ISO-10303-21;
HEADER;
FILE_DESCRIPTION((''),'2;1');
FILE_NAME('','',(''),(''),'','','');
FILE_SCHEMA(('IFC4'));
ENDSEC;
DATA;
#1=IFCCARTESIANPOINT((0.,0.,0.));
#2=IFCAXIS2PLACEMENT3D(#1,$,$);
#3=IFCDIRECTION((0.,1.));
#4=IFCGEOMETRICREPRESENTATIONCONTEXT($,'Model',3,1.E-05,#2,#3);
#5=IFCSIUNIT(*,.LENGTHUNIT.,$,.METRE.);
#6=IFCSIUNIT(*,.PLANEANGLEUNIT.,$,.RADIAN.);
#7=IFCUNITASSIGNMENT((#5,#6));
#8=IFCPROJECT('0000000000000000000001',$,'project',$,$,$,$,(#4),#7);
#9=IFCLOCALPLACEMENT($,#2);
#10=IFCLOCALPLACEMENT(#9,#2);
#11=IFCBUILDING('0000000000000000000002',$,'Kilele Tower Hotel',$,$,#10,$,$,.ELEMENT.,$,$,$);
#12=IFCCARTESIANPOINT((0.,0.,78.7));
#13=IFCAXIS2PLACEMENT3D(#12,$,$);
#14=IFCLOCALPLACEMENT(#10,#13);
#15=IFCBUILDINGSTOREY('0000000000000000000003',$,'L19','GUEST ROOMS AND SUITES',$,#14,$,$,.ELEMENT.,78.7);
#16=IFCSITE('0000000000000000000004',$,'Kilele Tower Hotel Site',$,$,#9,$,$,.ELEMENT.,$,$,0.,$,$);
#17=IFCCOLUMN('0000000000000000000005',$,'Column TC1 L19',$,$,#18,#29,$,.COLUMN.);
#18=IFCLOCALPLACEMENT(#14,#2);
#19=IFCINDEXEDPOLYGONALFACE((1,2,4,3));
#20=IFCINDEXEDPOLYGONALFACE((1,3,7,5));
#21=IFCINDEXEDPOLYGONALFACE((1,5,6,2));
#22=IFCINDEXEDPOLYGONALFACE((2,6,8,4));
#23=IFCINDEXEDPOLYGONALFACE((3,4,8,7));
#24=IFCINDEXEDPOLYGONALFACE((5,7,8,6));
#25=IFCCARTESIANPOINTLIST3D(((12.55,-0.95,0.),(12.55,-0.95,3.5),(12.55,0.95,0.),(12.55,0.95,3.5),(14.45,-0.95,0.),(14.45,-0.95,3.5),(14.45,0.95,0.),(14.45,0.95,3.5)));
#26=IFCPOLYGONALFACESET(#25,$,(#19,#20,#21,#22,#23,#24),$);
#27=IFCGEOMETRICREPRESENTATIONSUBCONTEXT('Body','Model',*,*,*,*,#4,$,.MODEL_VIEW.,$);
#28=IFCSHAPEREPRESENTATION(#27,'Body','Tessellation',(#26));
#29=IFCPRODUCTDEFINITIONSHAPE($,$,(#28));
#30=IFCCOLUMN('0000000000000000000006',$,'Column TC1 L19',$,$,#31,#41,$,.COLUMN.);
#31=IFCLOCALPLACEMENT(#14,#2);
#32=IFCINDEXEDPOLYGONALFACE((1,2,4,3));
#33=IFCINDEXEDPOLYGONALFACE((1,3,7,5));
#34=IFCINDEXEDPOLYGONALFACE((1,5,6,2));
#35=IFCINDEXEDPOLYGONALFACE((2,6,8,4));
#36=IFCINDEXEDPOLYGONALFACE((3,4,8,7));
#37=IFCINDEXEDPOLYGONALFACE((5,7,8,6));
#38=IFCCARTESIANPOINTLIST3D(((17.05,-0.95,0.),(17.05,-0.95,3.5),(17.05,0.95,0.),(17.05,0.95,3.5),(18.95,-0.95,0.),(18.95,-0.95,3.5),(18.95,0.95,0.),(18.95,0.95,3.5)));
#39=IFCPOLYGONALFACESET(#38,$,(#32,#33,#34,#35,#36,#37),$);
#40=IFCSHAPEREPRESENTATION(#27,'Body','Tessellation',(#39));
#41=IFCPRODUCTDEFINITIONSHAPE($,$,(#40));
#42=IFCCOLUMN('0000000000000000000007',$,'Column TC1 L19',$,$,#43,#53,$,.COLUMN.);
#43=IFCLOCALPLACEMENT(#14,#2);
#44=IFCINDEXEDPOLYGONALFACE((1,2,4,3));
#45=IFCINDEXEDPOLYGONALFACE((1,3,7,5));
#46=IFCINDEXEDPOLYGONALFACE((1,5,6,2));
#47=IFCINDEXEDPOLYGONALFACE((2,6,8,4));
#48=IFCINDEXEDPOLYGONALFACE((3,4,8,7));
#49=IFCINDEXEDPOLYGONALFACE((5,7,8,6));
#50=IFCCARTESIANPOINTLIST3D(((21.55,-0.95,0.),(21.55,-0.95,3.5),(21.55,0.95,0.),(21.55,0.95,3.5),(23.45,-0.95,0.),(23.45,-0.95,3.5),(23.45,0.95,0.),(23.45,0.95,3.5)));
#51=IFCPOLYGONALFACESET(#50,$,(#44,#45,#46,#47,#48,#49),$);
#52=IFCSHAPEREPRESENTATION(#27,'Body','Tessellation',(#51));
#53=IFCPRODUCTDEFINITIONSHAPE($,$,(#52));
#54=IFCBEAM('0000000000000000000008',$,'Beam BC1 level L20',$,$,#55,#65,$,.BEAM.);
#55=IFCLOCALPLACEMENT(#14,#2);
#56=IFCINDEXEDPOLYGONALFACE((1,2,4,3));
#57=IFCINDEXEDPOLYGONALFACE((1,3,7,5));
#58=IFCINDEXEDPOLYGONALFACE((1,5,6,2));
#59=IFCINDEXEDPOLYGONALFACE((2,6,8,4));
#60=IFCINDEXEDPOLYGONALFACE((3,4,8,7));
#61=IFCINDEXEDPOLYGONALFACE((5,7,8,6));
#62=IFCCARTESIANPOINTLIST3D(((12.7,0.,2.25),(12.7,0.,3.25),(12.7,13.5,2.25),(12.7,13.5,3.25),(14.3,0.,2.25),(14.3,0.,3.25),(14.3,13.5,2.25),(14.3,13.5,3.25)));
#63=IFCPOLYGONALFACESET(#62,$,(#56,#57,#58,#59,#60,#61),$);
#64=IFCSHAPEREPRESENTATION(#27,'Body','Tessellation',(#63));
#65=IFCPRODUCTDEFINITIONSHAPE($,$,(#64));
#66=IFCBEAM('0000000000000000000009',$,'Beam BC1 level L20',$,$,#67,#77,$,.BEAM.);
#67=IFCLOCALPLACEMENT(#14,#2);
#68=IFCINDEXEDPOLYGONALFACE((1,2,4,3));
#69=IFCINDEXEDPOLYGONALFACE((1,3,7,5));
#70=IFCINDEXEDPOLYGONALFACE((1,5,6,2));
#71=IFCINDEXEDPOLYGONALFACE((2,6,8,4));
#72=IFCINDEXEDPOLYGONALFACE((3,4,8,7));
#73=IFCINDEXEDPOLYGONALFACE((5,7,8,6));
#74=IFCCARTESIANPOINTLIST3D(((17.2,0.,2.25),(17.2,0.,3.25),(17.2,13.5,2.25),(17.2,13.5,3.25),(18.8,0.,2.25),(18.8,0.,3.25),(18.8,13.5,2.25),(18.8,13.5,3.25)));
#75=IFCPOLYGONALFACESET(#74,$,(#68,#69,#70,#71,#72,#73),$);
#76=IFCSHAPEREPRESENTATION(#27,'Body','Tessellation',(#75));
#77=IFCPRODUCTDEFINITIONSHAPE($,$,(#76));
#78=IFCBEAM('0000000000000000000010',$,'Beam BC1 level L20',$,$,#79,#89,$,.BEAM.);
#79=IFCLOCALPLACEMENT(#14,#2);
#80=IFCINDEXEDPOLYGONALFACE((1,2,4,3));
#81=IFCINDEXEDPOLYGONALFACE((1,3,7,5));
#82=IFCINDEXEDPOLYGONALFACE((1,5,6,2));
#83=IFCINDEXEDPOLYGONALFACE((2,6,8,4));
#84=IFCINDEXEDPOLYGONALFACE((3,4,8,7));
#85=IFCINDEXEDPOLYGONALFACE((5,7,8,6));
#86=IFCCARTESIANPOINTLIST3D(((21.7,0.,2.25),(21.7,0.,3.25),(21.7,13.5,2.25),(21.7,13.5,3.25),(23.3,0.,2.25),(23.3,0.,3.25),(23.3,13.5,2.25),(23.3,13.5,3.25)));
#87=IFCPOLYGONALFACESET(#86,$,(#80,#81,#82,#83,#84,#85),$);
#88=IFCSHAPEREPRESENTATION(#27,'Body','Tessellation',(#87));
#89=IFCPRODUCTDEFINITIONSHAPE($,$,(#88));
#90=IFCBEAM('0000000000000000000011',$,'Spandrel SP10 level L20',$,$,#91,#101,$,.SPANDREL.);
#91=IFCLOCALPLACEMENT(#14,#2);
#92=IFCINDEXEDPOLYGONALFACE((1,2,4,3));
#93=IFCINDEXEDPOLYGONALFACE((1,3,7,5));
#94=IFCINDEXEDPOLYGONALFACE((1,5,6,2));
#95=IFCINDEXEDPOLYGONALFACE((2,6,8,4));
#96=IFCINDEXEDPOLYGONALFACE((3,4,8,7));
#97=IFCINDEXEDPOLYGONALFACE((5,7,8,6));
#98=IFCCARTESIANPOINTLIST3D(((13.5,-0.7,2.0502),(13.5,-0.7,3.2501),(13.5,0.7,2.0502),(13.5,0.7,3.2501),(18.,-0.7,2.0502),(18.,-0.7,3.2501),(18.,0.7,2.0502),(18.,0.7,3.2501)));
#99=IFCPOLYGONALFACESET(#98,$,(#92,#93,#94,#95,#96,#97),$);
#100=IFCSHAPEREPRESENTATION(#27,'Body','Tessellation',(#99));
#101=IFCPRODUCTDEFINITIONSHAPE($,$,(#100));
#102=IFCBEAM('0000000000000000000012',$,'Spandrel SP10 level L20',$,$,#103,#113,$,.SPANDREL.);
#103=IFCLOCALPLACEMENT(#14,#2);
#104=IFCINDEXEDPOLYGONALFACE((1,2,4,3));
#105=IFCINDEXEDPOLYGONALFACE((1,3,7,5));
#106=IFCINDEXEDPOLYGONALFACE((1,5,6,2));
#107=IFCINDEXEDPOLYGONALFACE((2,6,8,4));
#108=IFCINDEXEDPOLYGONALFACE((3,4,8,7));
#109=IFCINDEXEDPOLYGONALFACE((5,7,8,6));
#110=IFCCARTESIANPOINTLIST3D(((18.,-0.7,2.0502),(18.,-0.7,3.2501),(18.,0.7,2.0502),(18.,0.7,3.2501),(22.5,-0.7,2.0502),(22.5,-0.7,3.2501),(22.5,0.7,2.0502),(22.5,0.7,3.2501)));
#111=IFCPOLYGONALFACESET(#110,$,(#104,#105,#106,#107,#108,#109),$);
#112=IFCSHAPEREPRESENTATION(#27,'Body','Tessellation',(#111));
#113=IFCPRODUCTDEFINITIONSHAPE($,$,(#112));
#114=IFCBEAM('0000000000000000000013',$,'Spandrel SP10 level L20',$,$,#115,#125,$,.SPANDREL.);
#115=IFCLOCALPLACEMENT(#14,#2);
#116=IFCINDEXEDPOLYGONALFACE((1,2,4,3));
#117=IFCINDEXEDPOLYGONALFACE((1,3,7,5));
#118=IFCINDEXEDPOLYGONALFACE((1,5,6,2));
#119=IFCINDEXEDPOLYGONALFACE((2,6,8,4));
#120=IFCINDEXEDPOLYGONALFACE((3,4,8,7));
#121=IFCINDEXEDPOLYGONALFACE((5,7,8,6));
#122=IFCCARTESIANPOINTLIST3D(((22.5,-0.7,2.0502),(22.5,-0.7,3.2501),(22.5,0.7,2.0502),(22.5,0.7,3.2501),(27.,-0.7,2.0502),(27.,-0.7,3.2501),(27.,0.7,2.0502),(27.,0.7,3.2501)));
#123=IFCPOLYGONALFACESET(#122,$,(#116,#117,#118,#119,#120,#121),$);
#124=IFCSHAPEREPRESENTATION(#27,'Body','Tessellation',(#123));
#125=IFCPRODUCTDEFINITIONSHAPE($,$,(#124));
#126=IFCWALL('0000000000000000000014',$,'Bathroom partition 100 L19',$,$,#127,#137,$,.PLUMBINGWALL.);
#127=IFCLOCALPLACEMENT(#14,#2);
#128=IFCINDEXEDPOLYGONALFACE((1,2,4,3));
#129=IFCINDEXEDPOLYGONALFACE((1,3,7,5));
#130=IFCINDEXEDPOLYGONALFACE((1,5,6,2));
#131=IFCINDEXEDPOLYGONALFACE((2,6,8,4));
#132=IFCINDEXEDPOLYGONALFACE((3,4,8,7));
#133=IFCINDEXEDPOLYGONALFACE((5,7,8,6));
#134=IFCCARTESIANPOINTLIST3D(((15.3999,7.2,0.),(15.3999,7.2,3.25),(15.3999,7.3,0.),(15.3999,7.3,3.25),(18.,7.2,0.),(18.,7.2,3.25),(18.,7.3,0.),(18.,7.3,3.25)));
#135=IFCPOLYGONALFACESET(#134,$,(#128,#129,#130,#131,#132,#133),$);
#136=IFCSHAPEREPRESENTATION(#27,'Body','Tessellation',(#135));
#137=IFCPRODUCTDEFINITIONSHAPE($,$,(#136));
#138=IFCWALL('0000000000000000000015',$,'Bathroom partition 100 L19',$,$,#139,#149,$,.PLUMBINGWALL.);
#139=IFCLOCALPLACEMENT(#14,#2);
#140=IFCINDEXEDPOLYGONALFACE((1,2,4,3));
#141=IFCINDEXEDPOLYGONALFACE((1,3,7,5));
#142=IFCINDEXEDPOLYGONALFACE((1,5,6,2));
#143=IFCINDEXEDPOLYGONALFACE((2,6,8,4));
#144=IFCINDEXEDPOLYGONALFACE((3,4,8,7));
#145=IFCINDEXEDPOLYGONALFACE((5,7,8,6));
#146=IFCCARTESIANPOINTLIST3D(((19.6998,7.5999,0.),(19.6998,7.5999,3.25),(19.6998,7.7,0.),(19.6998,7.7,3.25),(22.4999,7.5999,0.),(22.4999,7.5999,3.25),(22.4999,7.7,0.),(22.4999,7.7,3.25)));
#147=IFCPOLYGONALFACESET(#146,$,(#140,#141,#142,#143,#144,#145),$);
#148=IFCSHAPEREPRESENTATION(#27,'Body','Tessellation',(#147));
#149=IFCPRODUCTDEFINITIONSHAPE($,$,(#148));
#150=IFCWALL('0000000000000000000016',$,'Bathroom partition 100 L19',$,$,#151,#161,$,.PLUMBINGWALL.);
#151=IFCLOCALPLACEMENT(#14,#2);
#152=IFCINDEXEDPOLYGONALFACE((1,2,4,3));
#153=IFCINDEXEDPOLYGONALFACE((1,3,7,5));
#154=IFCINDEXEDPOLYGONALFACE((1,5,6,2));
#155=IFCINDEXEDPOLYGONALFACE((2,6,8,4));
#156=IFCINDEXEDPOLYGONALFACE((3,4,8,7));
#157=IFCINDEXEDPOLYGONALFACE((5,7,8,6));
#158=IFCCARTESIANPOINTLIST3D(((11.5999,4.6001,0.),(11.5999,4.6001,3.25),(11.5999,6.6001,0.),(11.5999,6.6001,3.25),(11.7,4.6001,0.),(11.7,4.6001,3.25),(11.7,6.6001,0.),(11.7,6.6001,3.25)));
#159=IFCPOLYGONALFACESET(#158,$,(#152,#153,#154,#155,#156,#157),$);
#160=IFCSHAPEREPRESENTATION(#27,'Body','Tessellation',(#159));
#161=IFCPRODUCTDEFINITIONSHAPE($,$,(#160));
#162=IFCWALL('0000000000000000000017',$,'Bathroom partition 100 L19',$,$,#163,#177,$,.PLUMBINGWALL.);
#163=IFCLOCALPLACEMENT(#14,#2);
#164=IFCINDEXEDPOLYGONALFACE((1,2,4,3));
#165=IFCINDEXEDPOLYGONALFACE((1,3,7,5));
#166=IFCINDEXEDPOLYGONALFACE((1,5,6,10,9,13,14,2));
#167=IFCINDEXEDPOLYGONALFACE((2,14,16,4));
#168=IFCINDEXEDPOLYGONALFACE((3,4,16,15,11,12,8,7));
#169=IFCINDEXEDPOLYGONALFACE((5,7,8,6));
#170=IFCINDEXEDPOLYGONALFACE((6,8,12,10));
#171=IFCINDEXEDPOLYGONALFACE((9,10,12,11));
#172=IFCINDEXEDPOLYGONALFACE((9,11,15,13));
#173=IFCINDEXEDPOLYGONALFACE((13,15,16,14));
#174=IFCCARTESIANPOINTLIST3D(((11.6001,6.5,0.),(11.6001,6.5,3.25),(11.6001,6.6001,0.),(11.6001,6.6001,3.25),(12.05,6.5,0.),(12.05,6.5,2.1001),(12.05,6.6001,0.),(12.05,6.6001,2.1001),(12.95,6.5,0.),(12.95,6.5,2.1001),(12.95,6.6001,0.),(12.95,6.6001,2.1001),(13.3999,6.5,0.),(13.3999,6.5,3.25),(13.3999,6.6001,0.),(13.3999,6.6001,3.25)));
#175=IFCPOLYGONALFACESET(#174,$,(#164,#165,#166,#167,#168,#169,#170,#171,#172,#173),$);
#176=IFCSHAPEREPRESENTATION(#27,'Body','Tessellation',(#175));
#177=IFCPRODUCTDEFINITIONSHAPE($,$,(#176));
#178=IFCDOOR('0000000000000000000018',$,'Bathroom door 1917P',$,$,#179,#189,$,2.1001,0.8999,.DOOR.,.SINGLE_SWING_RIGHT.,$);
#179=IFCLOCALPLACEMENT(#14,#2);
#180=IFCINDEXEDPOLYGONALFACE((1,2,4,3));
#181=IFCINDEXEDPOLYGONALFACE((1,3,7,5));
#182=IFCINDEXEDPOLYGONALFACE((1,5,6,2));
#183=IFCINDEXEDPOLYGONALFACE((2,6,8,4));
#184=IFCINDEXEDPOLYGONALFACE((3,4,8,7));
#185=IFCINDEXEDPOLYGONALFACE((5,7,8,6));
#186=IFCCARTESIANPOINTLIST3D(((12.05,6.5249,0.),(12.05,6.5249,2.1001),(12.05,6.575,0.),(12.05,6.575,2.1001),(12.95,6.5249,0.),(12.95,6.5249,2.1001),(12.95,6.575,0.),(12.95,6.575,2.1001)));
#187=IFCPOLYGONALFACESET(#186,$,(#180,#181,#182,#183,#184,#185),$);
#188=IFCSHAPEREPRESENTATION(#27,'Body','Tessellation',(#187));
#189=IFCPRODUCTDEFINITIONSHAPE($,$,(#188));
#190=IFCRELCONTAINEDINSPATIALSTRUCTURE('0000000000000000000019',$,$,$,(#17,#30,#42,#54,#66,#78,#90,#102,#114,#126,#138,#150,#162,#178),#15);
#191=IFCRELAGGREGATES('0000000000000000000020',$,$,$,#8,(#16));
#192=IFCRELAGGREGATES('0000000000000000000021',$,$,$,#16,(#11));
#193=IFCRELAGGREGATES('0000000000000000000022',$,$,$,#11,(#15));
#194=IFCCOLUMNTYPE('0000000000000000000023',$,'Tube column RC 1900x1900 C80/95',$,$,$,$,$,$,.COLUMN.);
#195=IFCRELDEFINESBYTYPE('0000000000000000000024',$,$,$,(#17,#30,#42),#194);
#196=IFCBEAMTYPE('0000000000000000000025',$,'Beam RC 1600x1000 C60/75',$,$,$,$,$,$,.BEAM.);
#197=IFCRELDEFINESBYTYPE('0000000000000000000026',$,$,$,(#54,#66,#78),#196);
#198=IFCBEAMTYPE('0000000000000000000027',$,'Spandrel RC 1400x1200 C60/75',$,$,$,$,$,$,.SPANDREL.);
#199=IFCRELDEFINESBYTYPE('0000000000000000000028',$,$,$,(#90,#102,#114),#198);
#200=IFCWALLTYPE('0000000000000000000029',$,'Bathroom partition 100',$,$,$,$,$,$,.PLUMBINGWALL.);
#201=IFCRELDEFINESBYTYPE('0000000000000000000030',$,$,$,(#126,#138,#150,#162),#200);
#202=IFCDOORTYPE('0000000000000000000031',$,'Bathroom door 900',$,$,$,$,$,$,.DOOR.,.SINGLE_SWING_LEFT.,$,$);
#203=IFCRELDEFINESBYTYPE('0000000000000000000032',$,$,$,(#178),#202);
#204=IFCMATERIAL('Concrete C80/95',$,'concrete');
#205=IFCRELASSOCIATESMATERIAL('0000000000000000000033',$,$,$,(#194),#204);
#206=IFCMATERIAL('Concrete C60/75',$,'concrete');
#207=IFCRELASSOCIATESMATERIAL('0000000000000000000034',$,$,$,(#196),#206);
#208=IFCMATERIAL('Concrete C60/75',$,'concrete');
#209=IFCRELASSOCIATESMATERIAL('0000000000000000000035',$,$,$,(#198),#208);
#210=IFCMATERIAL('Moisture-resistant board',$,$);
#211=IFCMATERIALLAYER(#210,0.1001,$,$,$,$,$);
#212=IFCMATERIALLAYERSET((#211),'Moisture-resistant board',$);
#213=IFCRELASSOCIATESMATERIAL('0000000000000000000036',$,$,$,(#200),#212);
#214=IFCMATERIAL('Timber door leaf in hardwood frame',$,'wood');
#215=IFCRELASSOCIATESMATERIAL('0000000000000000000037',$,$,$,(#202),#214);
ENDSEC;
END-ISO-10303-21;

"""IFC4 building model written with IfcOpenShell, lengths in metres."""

from ifc_helpers import new_model, si_unit, direction, frame, frame_2d, origin, origin_2d, place, context, subcontext, project, spatial, rectangle, extrude, material, layer, layer_set, material_profile, profile_set, type_object, element, fill, save


model = new_model("IFC4")

# Units and contexts
model_context = context("Model", 3, precision=1e-05, world=origin(), true_north=direction((0.0, 1.0)))
body_context = subcontext(model_context, "Body", "Model", "MODEL_VIEW")
ifc_project = project(units=[si_unit("LENGTHUNIT", "METRE"), si_unit("PLANEANGLEUNIT", "RADIAN")], contexts=[model_context])

# Site, building, storey
site_placement = place(None, origin())
site = spatial("IfcSite", under=ifc_project, at=site_placement, Name="Kilele Tower Hotel Site", CompositionType="ELEMENT", RefElevation=0.0)
building_placement = place(site_placement, origin())
building = spatial("IfcBuilding", under=site, at=building_placement, Name="Kilele Tower Hotel", CompositionType="ELEMENT")
storey_placement = place(building_placement, frame((0.0, 0.0, 78.7)))
storey = spatial("IfcBuildingStorey", under=building, at=storey_placement, Name="L19", Description="GUEST ROOMS AND SUITES", CompositionType="ELEMENT", Elevation=78.7)

# Columns
ifc_material_1 = material(Name="Concrete C80/95", Category="concrete")
ifc_material_profile_1 = material_profile(ifc_material_1, rectangle(XDim=1.8999, YDim=1.8999, at=origin_2d()))
ifc_profile_set_1 = profile_set([ifc_material_profile_1], Name="Concrete C80/95")
column_type = type_object("IfcColumnType", Name="Tube column RC 1900x1900 C80/95", PredefinedType="COLUMN", material=ifc_profile_set_1)
for number, where, z_axis, x_axis, name in (
    (1, (13.5, 0.0, 0.0), (0.0, 0.0, 1.0), (1.0, 0.0, 0.0), "Column TC1 L19"),
    (2, (18.0, 0.0, 0.0), (0.0, 0.0, 1.0), (1.0, 0.0, 0.0), "Column TC1 L19"),
    (3, (22.5, 0.0, 0.0), (0.0, 0.0, 1.0), (1.0, 0.0, 0.0), "Column TC1 L19"),
):
    element("IfcColumn", number, at=place(storey_placement, frame(where, z_axis=z_axis, x_axis=x_axis)), inside=storey, type_object=column_type, Name=name, PredefinedType="COLUMN", context=body_context, shape_type="SweptSolid", body=[
        extrude(rectangle(XDim=1.8999, YDim=1.8999, at=origin_2d()), origin(), (0.0, 0.0, 1.0), 3.5),
    ])

# Beams
ifc_material_2 = material(Name="Concrete C60/75", Category="concrete")
ifc_material_profile_2 = material_profile(ifc_material_2, rectangle(XDim=1.6001, YDim=1.0, at=origin_2d()))
ifc_profile_set_2 = profile_set([ifc_material_profile_2], Name="Concrete C60/75")
beam_type_1 = type_object("IfcBeamType", Name="Beam RC 1600x1000 C60/75", PredefinedType="BEAM", material=ifc_profile_set_2)
for number, where, z_axis, x_axis, name in (
    (4, (13.5, 0.0, 2.75), (0.0, 1.0, 0.0), (-1.0, 0.0, 0.0), "Beam BC1 level L20"),
    (5, (18.0, 0.0, 2.75), (0.0, 1.0, 0.0), (-1.0, 0.0, 0.0), "Beam BC1 level L20"),
    (6, (22.5, 0.0, 2.75), (0.0, 1.0, 0.0), (-1.0, 0.0, 0.0), "Beam BC1 level L20"),
):
    element("IfcBeam", number, at=place(storey_placement, frame(where, z_axis=z_axis, x_axis=x_axis)), inside=storey, type_object=beam_type_1, Name=name, PredefinedType="BEAM", context=body_context, shape_type="SweptSolid", body=[
        extrude(rectangle(XDim=1.6001, YDim=1.0, at=origin_2d()), origin(), (0.0, 0.0, 1.0), 13.5),
    ])
ifc_material_3 = material(Name="Concrete C60/75", Category="concrete")
ifc_material_profile_3 = material_profile(ifc_material_3, rectangle(XDim=1.3999, YDim=1.2, at=origin_2d()))
ifc_profile_set_3 = profile_set([ifc_material_profile_3], Name="Concrete C60/75")
beam_type_2 = type_object("IfcBeamType", Name="Spandrel RC 1400x1200 C60/75", PredefinedType="SPANDREL", material=ifc_profile_set_3)
for number, where, z_axis, x_axis, name in (
    (7, (13.5, 0.0, 2.6501), (1.0, 0.0, 0.0), (0.0, 1.0, 0.0), "Spandrel SP10 level L20"),
    (8, (18.0, 0.0, 2.6501), (1.0, 0.0, 0.0), (0.0, 1.0, 0.0), "Spandrel SP10 level L20"),
    (9, (22.5, 0.0, 2.6501), (1.0, 0.0, 0.0), (0.0, 1.0, 0.0), "Spandrel SP10 level L20"),
):
    element("IfcBeam", number, at=place(storey_placement, frame(where, z_axis=z_axis, x_axis=x_axis)), inside=storey, type_object=beam_type_2, Name=name, PredefinedType="SPANDREL", context=body_context, shape_type="SweptSolid", body=[
        extrude(rectangle(XDim=1.3999, YDim=1.2, at=origin_2d()), origin(), (0.0, 0.0, 1.0), 4.5),
    ])

# Walls
ifc_material_4 = material(Name="Moisture-resistant board")
ifc_layer_1 = layer(ifc_material_4, 0.1001)
ifc_layer_set_1 = layer_set([ifc_layer_1], Name="Moisture-resistant board")
wall_type_1 = type_object("IfcWallType", Name="Bathroom partition 100", PredefinedType="PLUMBINGWALL", material=ifc_layer_set_1)
wall_1_placement = place(storey_placement, frame((15.3999, 7.25, 0.0), z_axis=(0.0, 0.0, 1.0), x_axis=(1.0, 0.0, 0.0)))
element("IfcWall", 10, at=wall_1_placement, inside=storey, type_object=wall_type_1, Name="Bathroom partition 100 L19", PredefinedType="PLUMBINGWALL", context=body_context, shape_type="SweptSolid", body=[
    extrude(rectangle(XDim=2.6001, YDim=0.1001, at=frame_2d((1.3, 0.0))), origin(), (0.0, 0.0, 1.0), 3.25),
])
wall_2_placement = place(storey_placement, frame((19.7, 7.6499, 0.0), z_axis=(0.0, 0.0, 1.0), x_axis=(1.0, 0.0, 0.0)))
element("IfcWall", 11, at=wall_2_placement, inside=storey, type_object=wall_type_1, Name="Bathroom partition 100 L19", PredefinedType="PLUMBINGWALL", context=body_context, shape_type="SweptSolid", body=[
    extrude(rectangle(XDim=2.8, YDim=0.1001, at=frame_2d((1.3999, 0.0))), origin(), (0.0, 0.0, 1.0), 3.25),
])
wall_3_placement = place(storey_placement, frame((11.6499, 4.6001, 0.0), z_axis=(0.0, 0.0, 1.0), x_axis=(0.0, 1.0, 0.0)))
element("IfcWall", 12, at=wall_3_placement, inside=storey, type_object=wall_type_1, Name="Bathroom partition 100 L19", PredefinedType="PLUMBINGWALL", context=body_context, shape_type="SweptSolid", body=[
    extrude(rectangle(XDim=2.0, YDim=0.1001, at=frame_2d((1.0, 0.0))), origin(), (0.0, 0.0, 1.0), 3.25),
])

# Wall, opening, door
wall_4_placement = place(storey_placement, frame((13.3999, 6.55, 0.0), z_axis=(0.0, 0.0, 1.0), x_axis=(-1.0, 0.0, 0.0)))
wall_4 = element("IfcWall", 13, at=wall_4_placement, inside=storey, type_object=wall_type_1, Name="Bathroom partition 100 L19", PredefinedType="PLUMBINGWALL", context=body_context, shape_type="SweptSolid", body=[
    extrude(rectangle(XDim=1.7998, YDim=0.1001, at=frame_2d((0.8999, 0.0))), origin(), (0.0, 0.0, 1.0), 3.25),
])
opening_1_placement = place(wall_4_placement, frame((1.3499, 0.0, 0.0), z_axis=(0.0, 0.0, 1.0), x_axis=(-1.0, 0.0, 0.0)))
opening_1 = element("IfcOpeningElement", 14, at=opening_1_placement, cuts=wall_4, PredefinedType="OPENING", context=body_context, shape_type="SweptSolid", body=[
    extrude(rectangle(XDim=0.8999, YDim=2.1001, at=frame_2d((0.45, 1.05))), frame((0.0, 0.0601, 0.0), z_axis=(0.0, -1.0, 0.0), x_axis=(1.0, 0.0, 0.0)), (0.0, 0.0, 1.0), 0.1201),
])
ifc_material_5 = material(Name="Timber door leaf in hardwood frame", Category="wood")
door_type_1 = type_object("IfcDoorType", Name="Bathroom door 900", OperationType="SINGLE_SWING_LEFT", PredefinedType="DOOR", material=ifc_material_5)
door_1_placement = place(opening_1_placement, origin())
door_1 = element("IfcDoor", 15, at=door_1_placement, inside=storey, type_object=door_type_1, Name="Bathroom door 1917P", OperationType="SINGLE_SWING_RIGHT", OverallHeight=2.1001, OverallWidth=0.8999, PredefinedType="DOOR", context=body_context, shape_type="SweptSolid", body=[
    extrude(rectangle(XDim=0.8999, YDim=2.1001, at=frame_2d((0.45, 1.05))), frame((0.0, 0.0249, 0.0), z_axis=(0.0, -1.0, 0.0), x_axis=(1.0, 0.0, 0.0)), (0.0, 0.0, 1.0), 0.05),
])
fill(opening_1, door_1)

save(model, "model.ifc")
